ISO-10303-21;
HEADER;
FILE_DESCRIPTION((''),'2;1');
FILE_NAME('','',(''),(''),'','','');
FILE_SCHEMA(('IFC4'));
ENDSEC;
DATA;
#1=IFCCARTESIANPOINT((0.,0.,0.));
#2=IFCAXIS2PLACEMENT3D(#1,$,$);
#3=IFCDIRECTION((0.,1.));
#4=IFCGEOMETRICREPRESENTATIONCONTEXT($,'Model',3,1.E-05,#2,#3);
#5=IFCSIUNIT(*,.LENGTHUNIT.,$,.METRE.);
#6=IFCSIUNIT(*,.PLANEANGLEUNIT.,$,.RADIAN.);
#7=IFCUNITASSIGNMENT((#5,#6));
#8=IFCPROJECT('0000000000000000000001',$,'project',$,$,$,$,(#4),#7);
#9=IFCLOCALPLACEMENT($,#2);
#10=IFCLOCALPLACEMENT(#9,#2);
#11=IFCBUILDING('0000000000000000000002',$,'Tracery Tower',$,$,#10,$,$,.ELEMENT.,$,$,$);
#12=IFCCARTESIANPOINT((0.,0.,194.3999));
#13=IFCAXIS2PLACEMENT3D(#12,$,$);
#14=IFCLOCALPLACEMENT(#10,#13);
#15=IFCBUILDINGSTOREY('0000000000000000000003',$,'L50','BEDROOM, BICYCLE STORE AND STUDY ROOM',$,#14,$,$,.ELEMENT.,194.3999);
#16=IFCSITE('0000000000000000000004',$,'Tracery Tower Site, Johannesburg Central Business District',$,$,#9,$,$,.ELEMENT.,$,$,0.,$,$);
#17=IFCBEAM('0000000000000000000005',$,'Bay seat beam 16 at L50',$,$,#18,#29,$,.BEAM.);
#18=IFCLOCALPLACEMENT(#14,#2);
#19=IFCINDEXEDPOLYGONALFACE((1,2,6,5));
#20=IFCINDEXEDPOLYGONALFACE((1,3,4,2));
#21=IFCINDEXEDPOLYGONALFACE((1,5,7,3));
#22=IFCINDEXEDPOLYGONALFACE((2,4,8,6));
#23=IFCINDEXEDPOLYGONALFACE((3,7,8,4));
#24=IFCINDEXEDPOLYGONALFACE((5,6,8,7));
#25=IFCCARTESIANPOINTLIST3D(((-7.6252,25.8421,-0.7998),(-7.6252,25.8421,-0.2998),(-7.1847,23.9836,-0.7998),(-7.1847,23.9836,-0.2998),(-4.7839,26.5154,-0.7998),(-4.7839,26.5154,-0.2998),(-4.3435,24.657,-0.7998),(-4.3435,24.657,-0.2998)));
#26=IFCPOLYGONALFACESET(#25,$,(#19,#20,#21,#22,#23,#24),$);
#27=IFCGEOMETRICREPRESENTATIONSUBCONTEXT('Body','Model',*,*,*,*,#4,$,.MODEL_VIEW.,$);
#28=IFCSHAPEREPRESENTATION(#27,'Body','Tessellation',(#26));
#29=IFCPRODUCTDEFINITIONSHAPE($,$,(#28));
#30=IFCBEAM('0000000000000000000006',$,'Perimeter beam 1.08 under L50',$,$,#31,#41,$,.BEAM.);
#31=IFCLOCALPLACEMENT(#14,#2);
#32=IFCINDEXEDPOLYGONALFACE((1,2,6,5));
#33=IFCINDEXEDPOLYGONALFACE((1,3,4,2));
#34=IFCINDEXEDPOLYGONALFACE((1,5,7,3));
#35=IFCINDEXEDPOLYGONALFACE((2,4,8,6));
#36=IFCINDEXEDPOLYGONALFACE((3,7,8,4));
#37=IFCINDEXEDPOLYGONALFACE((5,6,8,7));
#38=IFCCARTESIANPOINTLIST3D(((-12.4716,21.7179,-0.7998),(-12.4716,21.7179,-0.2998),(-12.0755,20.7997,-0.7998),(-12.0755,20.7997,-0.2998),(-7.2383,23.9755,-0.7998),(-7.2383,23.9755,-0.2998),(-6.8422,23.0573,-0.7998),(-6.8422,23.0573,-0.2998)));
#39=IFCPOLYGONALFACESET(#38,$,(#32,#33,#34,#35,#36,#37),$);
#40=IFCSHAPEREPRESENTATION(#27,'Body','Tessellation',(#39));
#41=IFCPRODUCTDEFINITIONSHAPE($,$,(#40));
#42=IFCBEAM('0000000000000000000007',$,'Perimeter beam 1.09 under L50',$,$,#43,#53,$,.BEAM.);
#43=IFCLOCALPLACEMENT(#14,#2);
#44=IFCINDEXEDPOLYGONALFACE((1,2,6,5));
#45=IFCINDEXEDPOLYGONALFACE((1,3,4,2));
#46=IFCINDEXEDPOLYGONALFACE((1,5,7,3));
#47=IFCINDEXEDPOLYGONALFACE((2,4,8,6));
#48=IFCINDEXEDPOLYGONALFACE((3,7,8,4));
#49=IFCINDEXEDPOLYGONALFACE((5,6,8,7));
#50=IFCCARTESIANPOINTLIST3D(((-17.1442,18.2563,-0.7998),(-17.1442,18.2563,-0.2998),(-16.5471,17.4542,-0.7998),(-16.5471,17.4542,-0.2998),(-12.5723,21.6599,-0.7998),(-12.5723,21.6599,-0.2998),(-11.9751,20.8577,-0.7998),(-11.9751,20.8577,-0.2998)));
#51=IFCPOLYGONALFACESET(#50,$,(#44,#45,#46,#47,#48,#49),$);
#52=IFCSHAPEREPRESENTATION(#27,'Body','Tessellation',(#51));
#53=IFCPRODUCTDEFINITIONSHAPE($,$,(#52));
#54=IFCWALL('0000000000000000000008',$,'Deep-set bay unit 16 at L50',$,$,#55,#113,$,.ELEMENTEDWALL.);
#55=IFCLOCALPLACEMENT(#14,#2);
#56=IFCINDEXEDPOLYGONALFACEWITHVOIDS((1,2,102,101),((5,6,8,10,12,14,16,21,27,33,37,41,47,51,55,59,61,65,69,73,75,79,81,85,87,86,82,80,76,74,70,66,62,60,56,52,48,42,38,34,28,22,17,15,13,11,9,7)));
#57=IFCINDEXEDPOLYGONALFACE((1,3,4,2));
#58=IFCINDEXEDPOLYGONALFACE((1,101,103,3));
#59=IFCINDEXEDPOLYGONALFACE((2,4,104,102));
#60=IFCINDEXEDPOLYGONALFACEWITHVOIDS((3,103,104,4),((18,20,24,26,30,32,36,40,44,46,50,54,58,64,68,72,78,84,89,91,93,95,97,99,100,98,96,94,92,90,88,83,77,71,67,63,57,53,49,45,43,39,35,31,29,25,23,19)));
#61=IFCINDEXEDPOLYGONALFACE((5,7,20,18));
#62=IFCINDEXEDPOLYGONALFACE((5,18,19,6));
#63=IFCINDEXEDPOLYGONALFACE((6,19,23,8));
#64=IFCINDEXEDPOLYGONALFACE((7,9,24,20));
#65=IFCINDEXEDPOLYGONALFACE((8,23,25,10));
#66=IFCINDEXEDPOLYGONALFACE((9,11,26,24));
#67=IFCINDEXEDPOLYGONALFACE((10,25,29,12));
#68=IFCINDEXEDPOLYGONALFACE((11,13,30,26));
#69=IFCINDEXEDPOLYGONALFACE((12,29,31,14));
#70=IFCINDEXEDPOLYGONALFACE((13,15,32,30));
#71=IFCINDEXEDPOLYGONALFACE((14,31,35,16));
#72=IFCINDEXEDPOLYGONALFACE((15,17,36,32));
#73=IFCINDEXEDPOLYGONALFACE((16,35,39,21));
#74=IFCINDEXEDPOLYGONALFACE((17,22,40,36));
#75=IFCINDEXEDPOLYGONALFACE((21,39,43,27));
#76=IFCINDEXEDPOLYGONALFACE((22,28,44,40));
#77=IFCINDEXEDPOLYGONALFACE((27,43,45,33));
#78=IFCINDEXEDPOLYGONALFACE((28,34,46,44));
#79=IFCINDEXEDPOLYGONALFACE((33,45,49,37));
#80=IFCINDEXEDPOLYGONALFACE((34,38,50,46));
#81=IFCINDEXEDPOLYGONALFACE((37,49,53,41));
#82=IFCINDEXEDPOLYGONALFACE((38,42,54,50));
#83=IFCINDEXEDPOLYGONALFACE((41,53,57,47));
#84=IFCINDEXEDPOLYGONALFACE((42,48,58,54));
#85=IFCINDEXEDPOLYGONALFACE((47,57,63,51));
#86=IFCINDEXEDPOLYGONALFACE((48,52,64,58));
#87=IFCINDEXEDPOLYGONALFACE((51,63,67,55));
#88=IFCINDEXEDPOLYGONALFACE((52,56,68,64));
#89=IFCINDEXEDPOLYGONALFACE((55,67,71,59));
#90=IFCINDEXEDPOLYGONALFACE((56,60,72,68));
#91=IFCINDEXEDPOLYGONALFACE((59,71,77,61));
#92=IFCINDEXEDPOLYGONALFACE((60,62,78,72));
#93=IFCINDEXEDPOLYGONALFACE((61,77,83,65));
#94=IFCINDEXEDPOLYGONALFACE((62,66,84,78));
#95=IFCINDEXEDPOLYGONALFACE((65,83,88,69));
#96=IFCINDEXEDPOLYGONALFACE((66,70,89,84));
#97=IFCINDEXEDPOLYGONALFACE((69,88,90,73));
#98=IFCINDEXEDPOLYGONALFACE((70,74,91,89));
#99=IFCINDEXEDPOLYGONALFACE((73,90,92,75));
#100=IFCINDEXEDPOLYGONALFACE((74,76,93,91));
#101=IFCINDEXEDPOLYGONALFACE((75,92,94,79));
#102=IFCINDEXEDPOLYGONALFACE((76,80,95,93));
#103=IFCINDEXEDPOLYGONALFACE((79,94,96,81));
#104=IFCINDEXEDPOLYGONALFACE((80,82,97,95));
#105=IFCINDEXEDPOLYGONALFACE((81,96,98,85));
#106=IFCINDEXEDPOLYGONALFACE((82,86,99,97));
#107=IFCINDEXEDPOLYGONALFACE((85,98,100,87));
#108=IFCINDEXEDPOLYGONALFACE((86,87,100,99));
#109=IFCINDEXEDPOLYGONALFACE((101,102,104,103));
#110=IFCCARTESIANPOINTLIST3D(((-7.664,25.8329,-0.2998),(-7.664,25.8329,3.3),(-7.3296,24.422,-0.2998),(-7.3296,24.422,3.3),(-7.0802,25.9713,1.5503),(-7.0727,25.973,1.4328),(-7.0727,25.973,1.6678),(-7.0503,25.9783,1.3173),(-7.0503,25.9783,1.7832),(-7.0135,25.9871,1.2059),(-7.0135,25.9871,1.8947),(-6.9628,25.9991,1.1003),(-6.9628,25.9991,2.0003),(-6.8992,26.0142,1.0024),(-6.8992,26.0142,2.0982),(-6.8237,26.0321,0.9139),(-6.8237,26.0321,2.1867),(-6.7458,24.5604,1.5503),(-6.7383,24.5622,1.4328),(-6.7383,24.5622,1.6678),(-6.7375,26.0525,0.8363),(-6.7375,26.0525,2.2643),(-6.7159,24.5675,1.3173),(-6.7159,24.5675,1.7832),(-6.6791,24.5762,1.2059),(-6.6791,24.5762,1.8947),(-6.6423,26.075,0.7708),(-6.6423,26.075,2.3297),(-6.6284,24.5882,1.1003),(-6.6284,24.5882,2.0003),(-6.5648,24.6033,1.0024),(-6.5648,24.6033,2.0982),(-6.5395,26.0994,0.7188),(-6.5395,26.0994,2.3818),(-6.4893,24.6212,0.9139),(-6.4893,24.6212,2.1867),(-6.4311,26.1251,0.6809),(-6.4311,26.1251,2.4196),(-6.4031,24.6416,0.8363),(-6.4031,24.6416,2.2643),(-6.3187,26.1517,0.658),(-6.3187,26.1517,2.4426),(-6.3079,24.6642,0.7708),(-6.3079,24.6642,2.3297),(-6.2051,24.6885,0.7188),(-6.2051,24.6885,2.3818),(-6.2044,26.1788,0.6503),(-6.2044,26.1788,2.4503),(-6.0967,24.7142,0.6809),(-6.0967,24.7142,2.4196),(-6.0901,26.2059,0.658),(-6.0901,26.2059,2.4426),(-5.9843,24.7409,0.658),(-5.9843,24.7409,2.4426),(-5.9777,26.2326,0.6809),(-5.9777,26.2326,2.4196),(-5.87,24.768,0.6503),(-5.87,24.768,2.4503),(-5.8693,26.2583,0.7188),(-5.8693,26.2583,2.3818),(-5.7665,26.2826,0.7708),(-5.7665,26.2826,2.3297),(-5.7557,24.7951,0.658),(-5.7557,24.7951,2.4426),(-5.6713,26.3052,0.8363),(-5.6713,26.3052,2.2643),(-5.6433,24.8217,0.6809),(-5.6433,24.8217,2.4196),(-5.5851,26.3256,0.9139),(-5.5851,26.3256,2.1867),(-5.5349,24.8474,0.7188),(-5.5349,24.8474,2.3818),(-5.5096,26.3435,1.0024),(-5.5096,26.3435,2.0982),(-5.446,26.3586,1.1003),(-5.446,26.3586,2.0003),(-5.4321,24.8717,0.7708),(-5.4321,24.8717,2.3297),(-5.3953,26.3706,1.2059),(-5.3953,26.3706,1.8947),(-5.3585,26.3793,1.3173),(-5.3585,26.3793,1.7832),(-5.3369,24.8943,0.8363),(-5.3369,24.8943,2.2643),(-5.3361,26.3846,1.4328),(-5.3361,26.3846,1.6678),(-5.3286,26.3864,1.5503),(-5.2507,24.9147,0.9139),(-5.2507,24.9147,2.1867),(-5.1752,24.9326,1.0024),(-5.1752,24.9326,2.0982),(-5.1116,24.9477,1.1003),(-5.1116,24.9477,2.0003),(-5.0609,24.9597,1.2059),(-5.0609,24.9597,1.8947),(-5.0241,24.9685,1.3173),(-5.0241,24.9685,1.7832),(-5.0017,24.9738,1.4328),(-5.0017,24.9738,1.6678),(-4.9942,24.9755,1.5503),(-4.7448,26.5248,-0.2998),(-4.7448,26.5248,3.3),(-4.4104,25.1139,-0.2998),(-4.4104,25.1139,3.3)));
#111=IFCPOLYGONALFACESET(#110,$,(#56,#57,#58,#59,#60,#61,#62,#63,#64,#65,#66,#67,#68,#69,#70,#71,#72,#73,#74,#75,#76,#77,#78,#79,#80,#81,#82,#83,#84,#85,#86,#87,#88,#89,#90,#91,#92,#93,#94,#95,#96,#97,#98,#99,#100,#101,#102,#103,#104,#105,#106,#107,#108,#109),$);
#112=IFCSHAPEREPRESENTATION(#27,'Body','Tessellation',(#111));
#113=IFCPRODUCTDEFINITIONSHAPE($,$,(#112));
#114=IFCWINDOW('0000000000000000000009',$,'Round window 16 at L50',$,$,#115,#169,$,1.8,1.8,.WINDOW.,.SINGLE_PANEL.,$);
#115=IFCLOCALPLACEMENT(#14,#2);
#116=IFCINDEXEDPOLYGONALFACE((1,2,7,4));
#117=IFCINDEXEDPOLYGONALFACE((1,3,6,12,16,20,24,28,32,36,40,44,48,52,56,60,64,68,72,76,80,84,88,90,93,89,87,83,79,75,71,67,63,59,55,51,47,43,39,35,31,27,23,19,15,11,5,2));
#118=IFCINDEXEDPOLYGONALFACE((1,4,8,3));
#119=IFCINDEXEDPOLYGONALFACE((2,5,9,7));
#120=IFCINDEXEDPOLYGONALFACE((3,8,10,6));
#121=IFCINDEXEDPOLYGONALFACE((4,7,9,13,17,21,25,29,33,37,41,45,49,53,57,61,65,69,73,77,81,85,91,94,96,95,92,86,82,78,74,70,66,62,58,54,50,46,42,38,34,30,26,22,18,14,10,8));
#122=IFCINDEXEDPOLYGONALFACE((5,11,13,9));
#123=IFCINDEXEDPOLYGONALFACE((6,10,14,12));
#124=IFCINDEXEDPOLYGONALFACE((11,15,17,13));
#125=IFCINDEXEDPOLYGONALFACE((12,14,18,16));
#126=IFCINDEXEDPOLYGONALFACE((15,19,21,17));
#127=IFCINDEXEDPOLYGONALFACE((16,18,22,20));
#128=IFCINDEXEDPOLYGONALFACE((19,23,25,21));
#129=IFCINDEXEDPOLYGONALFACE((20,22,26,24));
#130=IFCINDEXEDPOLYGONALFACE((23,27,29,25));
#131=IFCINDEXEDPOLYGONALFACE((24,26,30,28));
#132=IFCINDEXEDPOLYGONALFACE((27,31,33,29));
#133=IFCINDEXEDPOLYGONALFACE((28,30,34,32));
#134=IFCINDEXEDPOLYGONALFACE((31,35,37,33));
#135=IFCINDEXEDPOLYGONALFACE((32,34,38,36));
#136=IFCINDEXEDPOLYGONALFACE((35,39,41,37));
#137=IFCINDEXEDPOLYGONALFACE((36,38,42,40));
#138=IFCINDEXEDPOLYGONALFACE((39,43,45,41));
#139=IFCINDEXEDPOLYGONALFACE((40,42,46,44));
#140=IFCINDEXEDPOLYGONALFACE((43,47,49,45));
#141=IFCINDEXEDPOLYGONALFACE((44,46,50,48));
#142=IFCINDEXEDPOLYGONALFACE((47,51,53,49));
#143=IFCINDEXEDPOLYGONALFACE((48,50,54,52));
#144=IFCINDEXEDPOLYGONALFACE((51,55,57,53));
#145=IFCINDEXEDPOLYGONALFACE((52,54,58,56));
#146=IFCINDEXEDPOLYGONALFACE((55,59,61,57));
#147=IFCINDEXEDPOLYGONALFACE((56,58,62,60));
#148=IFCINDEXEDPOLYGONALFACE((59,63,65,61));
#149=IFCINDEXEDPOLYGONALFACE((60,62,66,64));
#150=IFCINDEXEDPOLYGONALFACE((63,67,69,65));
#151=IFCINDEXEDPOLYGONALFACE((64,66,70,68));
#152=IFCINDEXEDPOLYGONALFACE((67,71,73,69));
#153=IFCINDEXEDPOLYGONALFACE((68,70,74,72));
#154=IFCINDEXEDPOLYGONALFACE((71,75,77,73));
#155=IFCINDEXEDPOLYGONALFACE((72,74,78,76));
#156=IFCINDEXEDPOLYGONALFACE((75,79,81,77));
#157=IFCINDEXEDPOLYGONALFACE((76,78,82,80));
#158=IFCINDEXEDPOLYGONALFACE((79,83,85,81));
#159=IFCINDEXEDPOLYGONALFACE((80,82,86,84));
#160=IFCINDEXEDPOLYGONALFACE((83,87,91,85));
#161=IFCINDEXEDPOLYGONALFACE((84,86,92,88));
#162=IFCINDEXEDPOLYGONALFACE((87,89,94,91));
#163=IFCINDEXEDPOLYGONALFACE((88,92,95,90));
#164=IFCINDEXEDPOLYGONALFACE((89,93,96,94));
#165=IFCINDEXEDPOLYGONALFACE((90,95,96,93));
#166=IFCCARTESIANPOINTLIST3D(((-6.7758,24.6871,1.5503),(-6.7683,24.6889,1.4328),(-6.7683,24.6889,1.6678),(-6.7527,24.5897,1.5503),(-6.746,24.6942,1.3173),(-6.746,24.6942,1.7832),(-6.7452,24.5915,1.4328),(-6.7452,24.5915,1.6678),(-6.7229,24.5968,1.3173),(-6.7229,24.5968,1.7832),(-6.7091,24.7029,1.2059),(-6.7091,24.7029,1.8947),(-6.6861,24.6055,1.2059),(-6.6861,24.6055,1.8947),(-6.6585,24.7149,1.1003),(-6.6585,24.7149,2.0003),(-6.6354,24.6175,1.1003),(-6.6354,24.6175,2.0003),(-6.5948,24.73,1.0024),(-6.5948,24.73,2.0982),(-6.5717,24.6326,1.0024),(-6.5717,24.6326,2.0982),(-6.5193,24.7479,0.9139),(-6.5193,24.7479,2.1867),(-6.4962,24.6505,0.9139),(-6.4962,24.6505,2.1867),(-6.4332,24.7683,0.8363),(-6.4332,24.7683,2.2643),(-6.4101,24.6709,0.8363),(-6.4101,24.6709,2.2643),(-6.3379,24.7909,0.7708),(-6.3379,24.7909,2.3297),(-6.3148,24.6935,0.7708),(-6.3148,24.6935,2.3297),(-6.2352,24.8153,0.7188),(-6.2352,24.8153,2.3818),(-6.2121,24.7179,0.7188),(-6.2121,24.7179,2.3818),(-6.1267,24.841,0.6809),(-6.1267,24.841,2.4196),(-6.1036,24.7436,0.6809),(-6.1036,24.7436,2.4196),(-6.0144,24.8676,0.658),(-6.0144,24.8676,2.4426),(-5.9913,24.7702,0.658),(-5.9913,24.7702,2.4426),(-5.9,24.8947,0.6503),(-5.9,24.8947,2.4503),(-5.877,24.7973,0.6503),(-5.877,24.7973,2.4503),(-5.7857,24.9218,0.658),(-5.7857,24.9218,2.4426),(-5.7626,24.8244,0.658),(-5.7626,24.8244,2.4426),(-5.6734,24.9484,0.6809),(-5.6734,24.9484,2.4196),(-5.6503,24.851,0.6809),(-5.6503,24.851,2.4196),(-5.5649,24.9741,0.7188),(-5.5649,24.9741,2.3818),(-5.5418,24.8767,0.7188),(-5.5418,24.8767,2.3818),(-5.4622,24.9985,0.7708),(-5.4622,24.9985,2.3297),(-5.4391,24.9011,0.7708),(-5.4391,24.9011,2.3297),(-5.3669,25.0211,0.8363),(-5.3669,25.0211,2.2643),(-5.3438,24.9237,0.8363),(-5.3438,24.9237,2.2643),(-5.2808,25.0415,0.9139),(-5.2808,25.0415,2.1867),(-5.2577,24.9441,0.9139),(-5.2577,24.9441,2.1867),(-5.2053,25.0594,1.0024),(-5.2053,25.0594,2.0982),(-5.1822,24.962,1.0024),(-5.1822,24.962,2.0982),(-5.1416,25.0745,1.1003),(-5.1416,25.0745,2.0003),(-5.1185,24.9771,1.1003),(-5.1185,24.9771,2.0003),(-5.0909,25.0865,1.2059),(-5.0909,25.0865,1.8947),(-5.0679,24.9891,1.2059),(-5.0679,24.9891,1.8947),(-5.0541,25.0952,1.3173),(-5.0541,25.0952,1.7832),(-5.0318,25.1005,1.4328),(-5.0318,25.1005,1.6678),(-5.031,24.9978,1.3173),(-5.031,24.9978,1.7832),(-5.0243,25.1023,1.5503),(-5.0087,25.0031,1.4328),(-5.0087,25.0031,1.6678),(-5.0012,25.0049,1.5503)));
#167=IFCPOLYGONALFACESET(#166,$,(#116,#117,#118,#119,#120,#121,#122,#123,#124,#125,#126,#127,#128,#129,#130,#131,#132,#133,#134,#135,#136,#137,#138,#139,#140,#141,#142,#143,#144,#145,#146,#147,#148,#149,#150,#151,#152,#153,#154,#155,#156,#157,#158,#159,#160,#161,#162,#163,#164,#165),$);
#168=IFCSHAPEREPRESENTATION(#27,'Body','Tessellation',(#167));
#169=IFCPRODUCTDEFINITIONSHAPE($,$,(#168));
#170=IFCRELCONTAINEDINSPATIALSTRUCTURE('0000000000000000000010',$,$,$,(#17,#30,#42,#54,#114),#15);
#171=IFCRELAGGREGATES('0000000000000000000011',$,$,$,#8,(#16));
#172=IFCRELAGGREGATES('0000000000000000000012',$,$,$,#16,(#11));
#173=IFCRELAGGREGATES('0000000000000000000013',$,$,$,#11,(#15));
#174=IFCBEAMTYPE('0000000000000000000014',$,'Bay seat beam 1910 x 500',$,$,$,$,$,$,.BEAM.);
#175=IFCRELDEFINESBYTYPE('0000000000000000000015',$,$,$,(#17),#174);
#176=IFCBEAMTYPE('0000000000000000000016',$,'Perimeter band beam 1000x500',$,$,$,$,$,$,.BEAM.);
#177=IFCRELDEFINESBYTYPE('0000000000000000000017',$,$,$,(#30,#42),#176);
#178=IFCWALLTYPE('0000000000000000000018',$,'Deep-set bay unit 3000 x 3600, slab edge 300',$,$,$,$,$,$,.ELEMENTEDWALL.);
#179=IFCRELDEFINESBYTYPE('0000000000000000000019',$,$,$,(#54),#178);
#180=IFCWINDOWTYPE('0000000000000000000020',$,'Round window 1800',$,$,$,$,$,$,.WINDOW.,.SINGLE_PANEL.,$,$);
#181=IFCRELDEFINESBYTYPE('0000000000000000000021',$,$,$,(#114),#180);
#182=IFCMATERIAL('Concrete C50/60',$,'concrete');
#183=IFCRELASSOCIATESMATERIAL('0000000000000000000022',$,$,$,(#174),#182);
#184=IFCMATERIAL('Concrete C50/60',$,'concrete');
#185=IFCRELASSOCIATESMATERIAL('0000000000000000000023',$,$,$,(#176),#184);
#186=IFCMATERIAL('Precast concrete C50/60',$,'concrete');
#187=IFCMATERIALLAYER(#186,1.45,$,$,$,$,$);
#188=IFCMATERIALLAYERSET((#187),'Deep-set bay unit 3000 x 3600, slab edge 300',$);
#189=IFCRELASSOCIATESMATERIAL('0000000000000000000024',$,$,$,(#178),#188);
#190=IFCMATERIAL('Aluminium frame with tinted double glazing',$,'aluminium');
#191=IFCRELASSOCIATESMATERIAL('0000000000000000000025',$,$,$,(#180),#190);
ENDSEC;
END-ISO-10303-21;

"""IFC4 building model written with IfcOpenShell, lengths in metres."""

from ifc_helpers import new_model, si_unit, direction, frame, frame_2d, origin, origin_2d, place, context, subcontext, project, spatial, rectangle, circle, extrude, material, layer, layer_set, material_profile, profile_set, type_object, element, fill, save


model = new_model("IFC4")

# Units and contexts
model_context = context("Model", 3, precision=1e-05, world=origin(), true_north=direction((0.0, 1.0)))
body_context = subcontext(model_context, "Body", "Model", "MODEL_VIEW")
ifc_project = project(units=[si_unit("LENGTHUNIT", "METRE"), si_unit("PLANEANGLEUNIT", "RADIAN")], contexts=[model_context])

# Site, building, storey
site_placement = place(None, origin())
site = spatial("IfcSite", under=ifc_project, at=site_placement, Name="Tracery Tower Site, Johannesburg Central Business District", CompositionType="ELEMENT", RefElevation=0.0)
building_placement = place(site_placement, origin())
building = spatial("IfcBuilding", under=site, at=building_placement, Name="Tracery Tower", CompositionType="ELEMENT")
storey_placement = place(building_placement, frame((0.0, 0.0, 194.3999)))
storey = spatial("IfcBuildingStorey", under=building, at=storey_placement, Name="L50", Description="BEDROOM, BICYCLE STORE AND STUDY ROOM", CompositionType="ELEMENT", Elevation=194.3999)

# Beams
ifc_material_1 = material(Name="Concrete C50/60", Category="concrete")
ifc_material_profile_1 = material_profile(ifc_material_1, rectangle(XDim=1.9099, YDim=0.5, at=origin_2d()), Name="RC 1910x500")
ifc_profile_set_1 = profile_set([ifc_material_profile_1], Name="Concrete C50/60")
beam_type_1 = type_object("IfcBeamType", Name="Bay seat beam 1910 x 500", PredefinedType="BEAM", material=ifc_profile_set_1)
beam_1_placement = place(storey_placement, frame((-4.5637, 25.5862, -0.5498), z_axis=(-0.97305, -0.230596, 0.0), x_axis=(0.230596, -0.97305, 0.0)))
element("IfcBeam", 1, at=beam_1_placement, inside=storey, type_object=beam_type_1, Name="Bay seat beam 16 at L50", PredefinedType="BEAM", context=body_context, shape_type="SweptSolid", body=[
    extrude(rectangle(XDim=1.9099, YDim=0.5, at=origin_2d()), origin(), (0.0, 0.0, 1.0), 2.9199),
])
ifc_material_2 = material(Name="Concrete C50/60", Category="concrete")
ifc_material_profile_2 = material_profile(ifc_material_2, rectangle(XDim=1.0, YDim=0.5, at=origin_2d()), Name="RC 1000x500")
ifc_profile_set_2 = profile_set([ifc_material_profile_2], Name="Concrete C50/60")
beam_type_2 = type_object("IfcBeamType", Name="Perimeter band beam 1000x500", PredefinedType="BEAM", material=ifc_profile_set_2)
beam_2_placement = place(storey_placement, frame((-7.0403, 23.5164, -0.5498), z_axis=(-0.91821, -0.396095, 0.0), x_axis=(0.396095, -0.91821, 0.0)))
element("IfcBeam", 2, at=beam_2_placement, inside=storey, type_object=beam_type_2, Name="Perimeter beam 1.08 under L50", PredefinedType="BEAM", context=body_context, shape_type="SweptSolid", body=[
    extrude(rectangle(XDim=1.0, YDim=0.5, at=origin_2d()), origin(), (0.0, 0.0, 1.0), 5.6995),
])
beam_3_placement = place(storey_placement, frame((-12.2737, 21.2588, -0.5498), z_axis=(-0.802138, -0.597138, 0.0), x_axis=(0.597138, -0.802138, 0.0)))
element("IfcBeam", 3, at=beam_3_placement, inside=storey, type_object=beam_type_2, Name="Perimeter beam 1.09 under L50", PredefinedType="BEAM", context=body_context, shape_type="SweptSolid", body=[
    extrude(rectangle(XDim=1.0, YDim=0.5, at=origin_2d()), origin(), (0.0, 0.0, 1.0), 5.6997),
])

# Wall, opening, window
ifc_material_3 = material(Name="Precast concrete C50/60", Category="concrete")
ifc_layer_1 = layer(ifc_material_3, 1.45)
ifc_layer_set_1 = layer_set([ifc_layer_1], Name="Deep-set bay unit 3000 x 3600, slab edge 300")
wall_type_1 = type_object("IfcWallType", Name="Deep-set bay unit 3000 x 3600, slab edge 300", PredefinedType="ELEMENTEDWALL", material=ifc_layer_set_1)
wall_1_placement = place(storey_placement, frame((-4.5776, 25.8193, -0.2998), z_axis=(0.0, 0.0, 1.0), x_axis=(-0.973042, -0.230627, 0.0)))
wall_1 = element("IfcWall", 4, at=wall_1_placement, inside=storey, type_object=wall_type_1, Name="Deep-set bay unit 16 at L50", PredefinedType="ELEMENTEDWALL", context=body_context, shape_type="SweptSolid", body=[
    extrude(rectangle(XDim=3.0, YDim=1.45, at=frame_2d((1.5, 0.0))), origin(), (0.0, 0.0, 1.0), 3.5999),
])
opening_1_placement = place(wall_1_placement, frame((1.5, 0.0, 1.8501)))
opening_1 = element("IfcOpeningElement", 5, at=opening_1_placement, cuts=wall_1, PredefinedType="OPENING", context=body_context, shape_type="SweptSolid", body=[
    extrude(circle(Radius=0.9, at=origin_2d()), frame((0.0, 0.7349, 0.0), z_axis=(0.0, -1.0, 0.0), x_axis=(1.0, 0.0, 0.0)), (0.0, 0.0, 1.0), 1.47),
])
ifc_material_4 = material(Name="Aluminium frame with tinted double glazing", Category="aluminium")
window_type = type_object("IfcWindowType", Name="Round window 1800", PartitioningType="SINGLE_PANEL", PredefinedType="WINDOW", material=ifc_material_4)
window_1_placement = place(opening_1_placement, origin())
window_1 = element("IfcWindow", 6, at=window_1_placement, inside=storey, type_object=window_type, Name="Round window 16 at L50", OverallHeight=1.8, OverallWidth=1.8, PartitioningType="SINGLE_PANEL", PredefinedType="WINDOW", context=body_context, shape_type="SweptSolid", body=[
    extrude(circle(Radius=0.9, at=origin_2d()), frame((0.0, 0.6948, 0.0), z_axis=(0.0, -1.0, 0.0), x_axis=(1.0, 0.0, 0.0)), (0.0, 0.0, 1.0), 0.1001),
])
fill(opening_1, window_1)

save(model, "model.ifc")
